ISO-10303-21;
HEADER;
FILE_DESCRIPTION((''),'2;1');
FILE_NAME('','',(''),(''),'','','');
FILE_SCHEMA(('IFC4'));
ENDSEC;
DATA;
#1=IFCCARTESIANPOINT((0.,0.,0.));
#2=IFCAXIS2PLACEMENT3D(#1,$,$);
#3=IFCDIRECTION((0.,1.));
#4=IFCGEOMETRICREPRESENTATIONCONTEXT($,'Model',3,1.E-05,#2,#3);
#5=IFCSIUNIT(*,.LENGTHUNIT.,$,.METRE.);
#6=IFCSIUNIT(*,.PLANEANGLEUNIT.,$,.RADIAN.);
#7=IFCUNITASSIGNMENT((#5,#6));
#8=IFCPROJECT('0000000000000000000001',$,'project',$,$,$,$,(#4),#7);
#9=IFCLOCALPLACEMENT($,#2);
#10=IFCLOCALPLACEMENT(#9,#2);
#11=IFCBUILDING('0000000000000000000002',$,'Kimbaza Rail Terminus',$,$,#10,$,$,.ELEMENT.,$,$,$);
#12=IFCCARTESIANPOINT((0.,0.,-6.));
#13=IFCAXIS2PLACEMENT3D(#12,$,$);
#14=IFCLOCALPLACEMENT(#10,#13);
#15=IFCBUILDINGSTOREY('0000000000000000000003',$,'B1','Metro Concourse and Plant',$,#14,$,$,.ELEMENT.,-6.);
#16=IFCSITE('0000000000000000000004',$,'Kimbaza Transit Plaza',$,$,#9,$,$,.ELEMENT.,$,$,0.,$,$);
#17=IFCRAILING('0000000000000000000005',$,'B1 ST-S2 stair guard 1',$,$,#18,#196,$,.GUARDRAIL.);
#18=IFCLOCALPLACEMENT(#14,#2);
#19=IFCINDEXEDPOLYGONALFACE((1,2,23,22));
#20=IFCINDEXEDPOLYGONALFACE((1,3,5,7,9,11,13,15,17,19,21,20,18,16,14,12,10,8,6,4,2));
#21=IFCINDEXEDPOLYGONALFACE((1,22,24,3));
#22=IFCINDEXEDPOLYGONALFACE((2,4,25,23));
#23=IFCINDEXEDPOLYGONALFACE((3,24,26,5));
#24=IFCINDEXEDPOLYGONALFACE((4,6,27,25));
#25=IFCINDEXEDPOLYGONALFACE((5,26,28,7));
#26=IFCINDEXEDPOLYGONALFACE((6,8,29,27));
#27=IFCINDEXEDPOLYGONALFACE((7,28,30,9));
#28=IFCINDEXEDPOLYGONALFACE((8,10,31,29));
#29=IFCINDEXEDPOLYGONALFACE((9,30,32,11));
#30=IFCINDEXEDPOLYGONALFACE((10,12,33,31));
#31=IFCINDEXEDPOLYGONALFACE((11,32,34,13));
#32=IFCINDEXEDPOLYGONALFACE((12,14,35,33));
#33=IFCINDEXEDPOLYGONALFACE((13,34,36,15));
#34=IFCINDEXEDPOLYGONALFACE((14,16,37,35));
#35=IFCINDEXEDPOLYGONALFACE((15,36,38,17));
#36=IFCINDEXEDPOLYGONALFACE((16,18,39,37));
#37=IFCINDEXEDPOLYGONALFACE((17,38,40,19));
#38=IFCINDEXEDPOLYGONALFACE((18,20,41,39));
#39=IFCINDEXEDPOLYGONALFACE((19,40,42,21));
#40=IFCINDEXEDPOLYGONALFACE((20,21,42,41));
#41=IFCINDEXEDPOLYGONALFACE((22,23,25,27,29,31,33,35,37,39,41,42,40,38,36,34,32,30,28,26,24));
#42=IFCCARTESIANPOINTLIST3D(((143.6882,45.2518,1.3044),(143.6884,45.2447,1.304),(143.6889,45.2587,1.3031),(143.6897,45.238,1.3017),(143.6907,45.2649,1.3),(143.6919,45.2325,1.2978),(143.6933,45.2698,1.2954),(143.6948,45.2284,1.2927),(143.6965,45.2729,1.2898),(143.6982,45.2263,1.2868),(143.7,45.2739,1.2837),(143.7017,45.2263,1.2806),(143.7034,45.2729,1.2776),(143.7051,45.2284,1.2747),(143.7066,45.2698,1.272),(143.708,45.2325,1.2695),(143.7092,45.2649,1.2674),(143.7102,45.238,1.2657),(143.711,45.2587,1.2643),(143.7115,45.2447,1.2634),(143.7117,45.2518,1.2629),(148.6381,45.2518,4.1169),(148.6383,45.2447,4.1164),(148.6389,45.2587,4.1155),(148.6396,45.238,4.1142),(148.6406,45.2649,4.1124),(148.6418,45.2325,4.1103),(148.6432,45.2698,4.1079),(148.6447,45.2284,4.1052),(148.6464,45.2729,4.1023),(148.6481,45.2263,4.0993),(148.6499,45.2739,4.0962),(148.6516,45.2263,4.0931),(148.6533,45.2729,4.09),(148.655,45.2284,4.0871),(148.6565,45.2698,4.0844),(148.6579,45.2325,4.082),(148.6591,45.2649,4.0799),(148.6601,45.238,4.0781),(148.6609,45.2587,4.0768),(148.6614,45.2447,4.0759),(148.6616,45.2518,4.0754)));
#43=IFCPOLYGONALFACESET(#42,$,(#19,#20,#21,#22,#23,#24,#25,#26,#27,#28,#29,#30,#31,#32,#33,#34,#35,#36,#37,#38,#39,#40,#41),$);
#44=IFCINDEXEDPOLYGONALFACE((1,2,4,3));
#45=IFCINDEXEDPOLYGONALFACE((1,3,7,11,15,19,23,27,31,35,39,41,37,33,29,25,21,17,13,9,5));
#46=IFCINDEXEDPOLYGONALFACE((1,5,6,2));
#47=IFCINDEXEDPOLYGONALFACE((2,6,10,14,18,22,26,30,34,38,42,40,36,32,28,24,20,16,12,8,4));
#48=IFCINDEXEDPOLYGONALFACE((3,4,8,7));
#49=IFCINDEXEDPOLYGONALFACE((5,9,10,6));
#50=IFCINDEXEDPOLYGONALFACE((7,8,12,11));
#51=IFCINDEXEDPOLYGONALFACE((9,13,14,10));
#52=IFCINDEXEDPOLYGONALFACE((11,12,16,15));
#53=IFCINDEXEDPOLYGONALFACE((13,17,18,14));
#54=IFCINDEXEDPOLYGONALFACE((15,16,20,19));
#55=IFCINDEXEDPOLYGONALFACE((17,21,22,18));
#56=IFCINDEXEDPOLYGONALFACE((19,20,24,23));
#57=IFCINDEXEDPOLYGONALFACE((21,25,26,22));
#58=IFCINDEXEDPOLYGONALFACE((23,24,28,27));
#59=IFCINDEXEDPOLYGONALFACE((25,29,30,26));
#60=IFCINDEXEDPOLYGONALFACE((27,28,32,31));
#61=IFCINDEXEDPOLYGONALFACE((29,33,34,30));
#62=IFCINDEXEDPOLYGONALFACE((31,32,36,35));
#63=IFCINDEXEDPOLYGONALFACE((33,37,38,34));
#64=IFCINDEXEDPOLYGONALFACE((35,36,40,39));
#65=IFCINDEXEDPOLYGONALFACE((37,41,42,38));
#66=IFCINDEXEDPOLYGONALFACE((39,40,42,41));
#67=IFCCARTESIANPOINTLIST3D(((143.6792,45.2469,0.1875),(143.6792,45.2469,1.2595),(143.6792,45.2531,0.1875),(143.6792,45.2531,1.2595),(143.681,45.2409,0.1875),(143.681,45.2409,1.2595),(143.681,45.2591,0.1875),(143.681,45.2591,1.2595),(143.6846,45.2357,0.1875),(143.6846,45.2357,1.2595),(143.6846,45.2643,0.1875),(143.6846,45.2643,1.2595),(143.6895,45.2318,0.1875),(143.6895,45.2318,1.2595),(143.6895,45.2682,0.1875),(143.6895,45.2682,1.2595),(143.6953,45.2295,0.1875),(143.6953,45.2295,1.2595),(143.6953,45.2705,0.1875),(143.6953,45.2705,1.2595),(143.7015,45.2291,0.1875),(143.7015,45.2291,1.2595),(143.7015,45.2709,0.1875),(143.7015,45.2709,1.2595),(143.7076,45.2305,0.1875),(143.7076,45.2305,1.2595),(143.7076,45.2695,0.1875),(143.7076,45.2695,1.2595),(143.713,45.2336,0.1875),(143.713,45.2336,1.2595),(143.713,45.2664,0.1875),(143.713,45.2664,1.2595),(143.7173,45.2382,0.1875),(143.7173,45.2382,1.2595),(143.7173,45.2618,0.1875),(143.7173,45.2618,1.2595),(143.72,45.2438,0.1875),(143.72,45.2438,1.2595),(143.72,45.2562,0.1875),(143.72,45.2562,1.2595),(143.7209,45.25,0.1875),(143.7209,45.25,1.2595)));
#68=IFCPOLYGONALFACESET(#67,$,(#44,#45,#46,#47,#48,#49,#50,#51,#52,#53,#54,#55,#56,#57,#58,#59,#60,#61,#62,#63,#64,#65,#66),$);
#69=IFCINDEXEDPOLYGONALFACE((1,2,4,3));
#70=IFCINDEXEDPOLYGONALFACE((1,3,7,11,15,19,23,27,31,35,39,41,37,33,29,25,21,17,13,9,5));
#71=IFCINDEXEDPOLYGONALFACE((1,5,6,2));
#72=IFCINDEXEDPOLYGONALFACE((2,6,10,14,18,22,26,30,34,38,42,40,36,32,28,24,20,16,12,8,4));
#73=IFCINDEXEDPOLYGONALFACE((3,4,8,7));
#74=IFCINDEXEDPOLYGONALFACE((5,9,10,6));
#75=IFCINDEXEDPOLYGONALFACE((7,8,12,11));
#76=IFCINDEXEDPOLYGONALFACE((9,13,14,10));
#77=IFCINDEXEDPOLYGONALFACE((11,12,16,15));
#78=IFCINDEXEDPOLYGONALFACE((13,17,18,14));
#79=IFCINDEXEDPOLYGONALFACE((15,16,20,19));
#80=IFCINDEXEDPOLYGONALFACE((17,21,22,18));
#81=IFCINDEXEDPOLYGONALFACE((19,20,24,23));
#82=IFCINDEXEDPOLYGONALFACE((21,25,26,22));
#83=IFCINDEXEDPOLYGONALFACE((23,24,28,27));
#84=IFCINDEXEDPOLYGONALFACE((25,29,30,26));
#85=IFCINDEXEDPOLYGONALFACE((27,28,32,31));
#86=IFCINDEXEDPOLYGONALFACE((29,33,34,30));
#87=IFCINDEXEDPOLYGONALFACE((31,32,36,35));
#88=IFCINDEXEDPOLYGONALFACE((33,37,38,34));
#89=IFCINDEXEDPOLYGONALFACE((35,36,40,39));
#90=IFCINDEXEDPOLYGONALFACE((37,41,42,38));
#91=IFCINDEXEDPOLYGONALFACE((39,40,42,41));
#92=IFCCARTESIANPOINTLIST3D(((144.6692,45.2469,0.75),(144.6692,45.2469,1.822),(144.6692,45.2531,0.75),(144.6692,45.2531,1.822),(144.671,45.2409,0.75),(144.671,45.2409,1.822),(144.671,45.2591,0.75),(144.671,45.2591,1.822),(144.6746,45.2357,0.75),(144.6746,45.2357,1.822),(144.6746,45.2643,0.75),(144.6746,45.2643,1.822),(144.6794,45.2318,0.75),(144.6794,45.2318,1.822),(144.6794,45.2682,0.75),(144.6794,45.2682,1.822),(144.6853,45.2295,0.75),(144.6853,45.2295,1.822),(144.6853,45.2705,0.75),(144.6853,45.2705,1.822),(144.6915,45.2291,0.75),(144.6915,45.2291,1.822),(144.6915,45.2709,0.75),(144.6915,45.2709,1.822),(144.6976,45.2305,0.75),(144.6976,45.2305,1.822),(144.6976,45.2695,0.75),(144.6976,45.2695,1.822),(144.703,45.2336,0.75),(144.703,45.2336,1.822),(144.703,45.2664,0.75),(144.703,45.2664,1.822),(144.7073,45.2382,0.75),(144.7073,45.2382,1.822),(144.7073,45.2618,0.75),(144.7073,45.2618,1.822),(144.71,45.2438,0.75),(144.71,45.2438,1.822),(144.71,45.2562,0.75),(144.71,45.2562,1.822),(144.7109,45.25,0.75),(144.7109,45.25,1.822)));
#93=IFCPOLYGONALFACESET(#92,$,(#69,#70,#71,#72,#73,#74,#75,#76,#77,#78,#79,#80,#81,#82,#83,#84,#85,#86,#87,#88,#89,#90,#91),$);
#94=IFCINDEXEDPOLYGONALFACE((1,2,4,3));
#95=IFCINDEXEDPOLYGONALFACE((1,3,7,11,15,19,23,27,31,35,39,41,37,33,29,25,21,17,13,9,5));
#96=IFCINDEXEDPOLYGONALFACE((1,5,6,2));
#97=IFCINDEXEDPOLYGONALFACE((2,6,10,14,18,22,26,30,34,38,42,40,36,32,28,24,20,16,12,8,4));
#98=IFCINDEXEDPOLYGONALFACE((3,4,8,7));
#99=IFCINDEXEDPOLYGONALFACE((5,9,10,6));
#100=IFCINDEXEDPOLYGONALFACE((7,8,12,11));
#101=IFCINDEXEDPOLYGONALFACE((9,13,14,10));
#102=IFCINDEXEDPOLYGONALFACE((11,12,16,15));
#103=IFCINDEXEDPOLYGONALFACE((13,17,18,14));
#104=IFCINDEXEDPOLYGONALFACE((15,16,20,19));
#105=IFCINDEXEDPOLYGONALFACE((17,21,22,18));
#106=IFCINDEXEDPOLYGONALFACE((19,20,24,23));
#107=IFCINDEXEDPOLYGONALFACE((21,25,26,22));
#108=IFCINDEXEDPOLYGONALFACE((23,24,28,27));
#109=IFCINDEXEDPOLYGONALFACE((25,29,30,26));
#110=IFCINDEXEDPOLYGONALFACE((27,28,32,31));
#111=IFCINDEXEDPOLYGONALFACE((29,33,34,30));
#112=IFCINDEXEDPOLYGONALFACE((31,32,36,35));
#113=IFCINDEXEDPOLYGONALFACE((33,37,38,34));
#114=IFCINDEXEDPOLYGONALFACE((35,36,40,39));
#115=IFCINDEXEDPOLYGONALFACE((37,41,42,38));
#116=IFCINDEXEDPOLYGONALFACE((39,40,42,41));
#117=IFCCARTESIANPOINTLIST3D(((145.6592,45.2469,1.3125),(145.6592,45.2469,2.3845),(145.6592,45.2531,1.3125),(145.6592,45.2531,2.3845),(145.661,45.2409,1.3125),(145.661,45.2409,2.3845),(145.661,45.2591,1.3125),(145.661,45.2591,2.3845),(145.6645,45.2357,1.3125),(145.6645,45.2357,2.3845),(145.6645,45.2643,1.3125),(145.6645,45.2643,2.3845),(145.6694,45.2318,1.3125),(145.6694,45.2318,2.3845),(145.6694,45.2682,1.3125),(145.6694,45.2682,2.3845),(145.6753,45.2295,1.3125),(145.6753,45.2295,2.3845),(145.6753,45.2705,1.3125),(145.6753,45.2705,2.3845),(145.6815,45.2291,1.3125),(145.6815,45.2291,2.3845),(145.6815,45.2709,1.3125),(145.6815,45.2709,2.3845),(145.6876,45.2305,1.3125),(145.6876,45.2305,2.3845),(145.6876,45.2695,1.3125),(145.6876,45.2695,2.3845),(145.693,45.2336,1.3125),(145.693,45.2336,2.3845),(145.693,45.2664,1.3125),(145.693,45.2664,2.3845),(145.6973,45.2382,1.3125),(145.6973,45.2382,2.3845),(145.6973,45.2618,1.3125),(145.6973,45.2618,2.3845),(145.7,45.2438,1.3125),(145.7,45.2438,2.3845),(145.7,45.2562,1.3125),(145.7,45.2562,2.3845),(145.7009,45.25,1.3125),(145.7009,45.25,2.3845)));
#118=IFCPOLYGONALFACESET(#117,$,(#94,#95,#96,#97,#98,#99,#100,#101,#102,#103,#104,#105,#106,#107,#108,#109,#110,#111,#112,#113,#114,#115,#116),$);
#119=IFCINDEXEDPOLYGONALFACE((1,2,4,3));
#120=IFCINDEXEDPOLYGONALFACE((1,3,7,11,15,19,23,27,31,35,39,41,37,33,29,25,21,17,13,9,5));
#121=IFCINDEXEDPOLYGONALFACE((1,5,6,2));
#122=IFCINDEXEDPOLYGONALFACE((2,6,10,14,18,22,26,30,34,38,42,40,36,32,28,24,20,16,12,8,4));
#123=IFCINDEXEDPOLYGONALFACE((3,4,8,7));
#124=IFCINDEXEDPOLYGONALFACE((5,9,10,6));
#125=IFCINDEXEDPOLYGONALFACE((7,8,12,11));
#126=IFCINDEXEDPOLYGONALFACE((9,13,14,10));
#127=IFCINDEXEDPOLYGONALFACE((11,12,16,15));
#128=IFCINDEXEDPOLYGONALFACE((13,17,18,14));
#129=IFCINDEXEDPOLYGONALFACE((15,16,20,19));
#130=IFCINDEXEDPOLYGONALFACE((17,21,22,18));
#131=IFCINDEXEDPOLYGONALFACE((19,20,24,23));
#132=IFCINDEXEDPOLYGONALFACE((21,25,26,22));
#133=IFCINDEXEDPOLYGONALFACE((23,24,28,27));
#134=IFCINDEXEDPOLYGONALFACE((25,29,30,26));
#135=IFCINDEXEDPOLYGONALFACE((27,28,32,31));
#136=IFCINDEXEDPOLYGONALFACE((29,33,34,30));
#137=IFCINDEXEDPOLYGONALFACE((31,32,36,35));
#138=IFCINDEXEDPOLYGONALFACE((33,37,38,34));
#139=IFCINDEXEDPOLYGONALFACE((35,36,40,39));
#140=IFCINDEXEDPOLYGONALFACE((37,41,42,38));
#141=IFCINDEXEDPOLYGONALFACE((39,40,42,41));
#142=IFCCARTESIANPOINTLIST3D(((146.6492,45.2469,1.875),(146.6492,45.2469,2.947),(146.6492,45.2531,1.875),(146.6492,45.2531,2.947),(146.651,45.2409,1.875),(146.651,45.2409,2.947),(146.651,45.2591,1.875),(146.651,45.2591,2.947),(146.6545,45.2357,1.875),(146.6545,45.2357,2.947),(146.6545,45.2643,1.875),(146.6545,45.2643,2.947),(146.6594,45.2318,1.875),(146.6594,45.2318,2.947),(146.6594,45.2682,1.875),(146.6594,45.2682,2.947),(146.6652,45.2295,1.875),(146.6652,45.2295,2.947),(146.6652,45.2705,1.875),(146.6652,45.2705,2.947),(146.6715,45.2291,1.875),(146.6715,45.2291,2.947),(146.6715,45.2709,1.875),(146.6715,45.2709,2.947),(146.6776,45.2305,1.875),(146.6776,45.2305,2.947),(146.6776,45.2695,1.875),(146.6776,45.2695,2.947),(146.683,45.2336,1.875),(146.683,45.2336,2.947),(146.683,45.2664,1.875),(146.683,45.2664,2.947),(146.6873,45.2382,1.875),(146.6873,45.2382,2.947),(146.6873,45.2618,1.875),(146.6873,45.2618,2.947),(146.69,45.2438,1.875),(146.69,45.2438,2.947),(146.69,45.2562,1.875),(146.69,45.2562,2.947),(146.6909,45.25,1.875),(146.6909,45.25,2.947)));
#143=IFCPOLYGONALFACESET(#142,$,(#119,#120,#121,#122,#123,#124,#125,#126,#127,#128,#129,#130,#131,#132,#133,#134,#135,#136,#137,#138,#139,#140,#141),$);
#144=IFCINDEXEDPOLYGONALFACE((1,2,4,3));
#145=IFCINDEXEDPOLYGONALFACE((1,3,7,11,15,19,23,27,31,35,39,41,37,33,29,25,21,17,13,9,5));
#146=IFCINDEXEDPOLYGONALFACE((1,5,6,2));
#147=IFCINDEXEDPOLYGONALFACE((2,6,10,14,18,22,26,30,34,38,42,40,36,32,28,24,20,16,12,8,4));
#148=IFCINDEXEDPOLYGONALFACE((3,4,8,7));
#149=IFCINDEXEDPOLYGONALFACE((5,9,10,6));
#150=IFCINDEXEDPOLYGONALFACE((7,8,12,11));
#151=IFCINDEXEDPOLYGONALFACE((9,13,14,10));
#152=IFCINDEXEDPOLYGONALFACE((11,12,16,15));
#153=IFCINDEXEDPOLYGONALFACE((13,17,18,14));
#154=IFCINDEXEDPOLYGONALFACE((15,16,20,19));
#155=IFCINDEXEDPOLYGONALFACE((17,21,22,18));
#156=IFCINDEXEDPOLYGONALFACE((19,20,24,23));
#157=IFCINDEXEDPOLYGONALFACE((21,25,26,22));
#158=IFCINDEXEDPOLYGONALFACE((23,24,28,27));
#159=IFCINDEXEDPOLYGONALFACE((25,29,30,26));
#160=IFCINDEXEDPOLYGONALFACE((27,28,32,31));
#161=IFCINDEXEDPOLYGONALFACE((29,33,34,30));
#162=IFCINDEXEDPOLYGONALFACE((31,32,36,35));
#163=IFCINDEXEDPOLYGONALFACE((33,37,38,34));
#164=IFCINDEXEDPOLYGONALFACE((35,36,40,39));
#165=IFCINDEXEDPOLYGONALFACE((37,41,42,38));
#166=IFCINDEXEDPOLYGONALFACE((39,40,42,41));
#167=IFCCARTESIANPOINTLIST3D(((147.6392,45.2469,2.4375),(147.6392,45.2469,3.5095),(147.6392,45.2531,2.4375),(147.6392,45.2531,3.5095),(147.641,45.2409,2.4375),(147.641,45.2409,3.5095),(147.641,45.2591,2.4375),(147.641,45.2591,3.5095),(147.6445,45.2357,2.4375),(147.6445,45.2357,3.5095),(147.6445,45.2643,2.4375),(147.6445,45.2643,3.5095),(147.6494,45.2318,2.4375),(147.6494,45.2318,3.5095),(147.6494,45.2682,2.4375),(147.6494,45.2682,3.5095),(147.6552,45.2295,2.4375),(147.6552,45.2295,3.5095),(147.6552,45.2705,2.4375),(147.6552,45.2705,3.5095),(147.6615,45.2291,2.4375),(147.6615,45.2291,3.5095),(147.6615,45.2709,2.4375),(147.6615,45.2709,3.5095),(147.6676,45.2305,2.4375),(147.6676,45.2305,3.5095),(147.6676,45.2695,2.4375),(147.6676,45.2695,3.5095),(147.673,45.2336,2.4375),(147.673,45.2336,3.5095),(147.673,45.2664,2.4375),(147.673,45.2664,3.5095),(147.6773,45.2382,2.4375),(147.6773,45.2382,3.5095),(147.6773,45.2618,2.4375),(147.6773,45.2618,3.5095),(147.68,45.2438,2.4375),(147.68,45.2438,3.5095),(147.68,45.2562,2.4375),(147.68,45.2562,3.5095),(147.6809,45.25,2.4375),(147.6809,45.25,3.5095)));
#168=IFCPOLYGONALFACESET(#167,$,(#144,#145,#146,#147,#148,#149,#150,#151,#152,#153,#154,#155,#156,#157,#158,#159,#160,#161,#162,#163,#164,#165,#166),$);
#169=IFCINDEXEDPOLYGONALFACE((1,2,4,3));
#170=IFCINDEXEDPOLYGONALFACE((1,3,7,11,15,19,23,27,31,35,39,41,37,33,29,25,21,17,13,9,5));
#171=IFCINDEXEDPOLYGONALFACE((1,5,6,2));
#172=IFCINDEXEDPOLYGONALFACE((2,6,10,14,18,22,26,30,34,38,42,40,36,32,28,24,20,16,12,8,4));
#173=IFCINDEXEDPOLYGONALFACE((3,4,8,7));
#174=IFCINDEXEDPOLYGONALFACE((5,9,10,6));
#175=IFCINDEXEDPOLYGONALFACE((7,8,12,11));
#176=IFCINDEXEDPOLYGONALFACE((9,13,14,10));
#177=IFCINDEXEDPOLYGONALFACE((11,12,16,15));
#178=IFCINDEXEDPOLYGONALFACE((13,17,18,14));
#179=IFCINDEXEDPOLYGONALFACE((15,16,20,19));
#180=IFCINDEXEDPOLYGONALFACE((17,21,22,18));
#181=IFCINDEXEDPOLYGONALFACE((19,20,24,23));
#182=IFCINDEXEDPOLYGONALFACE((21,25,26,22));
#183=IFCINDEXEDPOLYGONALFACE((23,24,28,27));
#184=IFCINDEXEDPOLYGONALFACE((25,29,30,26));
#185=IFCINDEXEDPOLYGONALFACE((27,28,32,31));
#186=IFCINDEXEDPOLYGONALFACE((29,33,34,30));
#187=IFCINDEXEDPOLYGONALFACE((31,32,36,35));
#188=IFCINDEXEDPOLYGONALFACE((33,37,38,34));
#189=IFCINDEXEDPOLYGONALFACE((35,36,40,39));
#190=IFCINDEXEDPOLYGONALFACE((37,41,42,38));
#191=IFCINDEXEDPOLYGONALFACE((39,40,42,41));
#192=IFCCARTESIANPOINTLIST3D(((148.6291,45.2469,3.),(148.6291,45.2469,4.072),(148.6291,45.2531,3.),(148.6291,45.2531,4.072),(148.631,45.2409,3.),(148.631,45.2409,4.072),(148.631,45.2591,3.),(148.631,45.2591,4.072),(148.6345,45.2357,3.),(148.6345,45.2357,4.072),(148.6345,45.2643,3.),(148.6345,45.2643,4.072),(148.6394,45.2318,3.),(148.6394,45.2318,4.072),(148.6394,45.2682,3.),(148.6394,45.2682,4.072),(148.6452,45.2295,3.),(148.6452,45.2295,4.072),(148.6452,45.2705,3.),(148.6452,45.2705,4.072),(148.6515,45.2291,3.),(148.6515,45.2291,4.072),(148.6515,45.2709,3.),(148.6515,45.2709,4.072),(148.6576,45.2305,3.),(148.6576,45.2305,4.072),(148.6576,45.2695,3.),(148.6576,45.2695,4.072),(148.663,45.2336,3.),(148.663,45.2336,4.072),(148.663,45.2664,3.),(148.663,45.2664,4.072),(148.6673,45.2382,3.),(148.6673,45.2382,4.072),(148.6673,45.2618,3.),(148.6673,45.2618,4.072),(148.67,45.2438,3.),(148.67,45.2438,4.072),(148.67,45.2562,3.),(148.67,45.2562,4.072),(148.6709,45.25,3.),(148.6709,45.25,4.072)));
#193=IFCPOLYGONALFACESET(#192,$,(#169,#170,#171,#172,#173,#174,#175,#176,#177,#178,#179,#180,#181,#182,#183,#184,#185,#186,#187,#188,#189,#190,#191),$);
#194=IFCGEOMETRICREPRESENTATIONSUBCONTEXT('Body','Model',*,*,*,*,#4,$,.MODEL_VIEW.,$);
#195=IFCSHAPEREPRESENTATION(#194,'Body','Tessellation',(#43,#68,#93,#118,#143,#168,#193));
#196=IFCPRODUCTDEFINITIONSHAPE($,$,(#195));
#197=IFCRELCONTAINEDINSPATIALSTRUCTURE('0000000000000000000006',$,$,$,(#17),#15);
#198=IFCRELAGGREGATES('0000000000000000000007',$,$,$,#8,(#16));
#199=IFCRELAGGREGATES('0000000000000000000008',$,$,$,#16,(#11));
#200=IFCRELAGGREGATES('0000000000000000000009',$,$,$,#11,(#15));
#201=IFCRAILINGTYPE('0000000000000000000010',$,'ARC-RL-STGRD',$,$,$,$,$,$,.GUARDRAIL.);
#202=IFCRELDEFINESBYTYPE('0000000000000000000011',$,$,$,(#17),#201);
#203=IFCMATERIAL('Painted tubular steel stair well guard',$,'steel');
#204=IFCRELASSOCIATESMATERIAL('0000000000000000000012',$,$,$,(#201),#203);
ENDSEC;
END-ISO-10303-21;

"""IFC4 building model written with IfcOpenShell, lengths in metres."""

from ifc_helpers import new_model, si_unit, direction, frame, origin, origin_2d, place, context, subcontext, project, spatial, circle, extrude, material, type_object, element, save


model = new_model("IFC4")

# Units and contexts
model_context = context("Model", 3, precision=1e-05, world=origin(), true_north=direction((0.0, 1.0)))
body_context = subcontext(model_context, "Body", "Model", "MODEL_VIEW")
ifc_project = project(units=[si_unit("LENGTHUNIT", "METRE"), si_unit("PLANEANGLEUNIT", "RADIAN")], contexts=[model_context])

# Site, building, storey
site_placement = place(None, origin())
site = spatial("IfcSite", under=ifc_project, at=site_placement, Name="Kimbaza Transit Plaza", CompositionType="ELEMENT", RefElevation=0.0)
building_placement = place(site_placement, origin())
building = spatial("IfcBuilding", under=site, at=building_placement, Name="Kimbaza Rail Terminus", CompositionType="ELEMENT")
storey_placement = place(building_placement, frame((0.0, 0.0, -6.0)))
storey = spatial("IfcBuildingStorey", under=building, at=storey_placement, Name="B1", Description="Metro Concourse and Plant", CompositionType="ELEMENT", Elevation=-6.0)

# Railing
ifc_material_1 = material(Name="Painted tubular steel stair well guard", Category="steel")
railing_type_1 = type_object("IfcRailingType", Name="ARC-RL-STGRD", PredefinedType="GUARDRAIL", material=ifc_material_1)
railing_1_placement = place(storey_placement, frame((143.7, 45.25, 0.1875)))
element("IfcRailing", 1, at=railing_1_placement, inside=storey, type_object=railing_type_1, Name="B1 ST-S2 stair guard 1", PredefinedType="GUARDRAIL", context=body_context, shape_type="SweptSolid", body=[
    extrude(circle(Radius=0.0239, at=origin_2d()), frame((0.0, 0.0, 1.0962), z_axis=(0.869454, 0.0, 0.494013), x_axis=(0.0, 1.0, 0.0)), (0.0, 0.0, 1.0), 5.6931),
    extrude(circle(Radius=0.021, at=origin_2d()), origin(), (0.0, 0.0, 1.0), 1.072),
    extrude(circle(Radius=0.021, at=origin_2d()), frame((0.99, 0.0, 0.5625)), (0.0, 0.0, 1.0), 1.072),
    extrude(circle(Radius=0.021, at=origin_2d()), frame((1.98, 0.0, 1.125)), (0.0, 0.0, 1.0), 1.072),
    extrude(circle(Radius=0.021, at=origin_2d()), frame((2.97, 0.0, 1.6875)), (0.0, 0.0, 1.0), 1.072),
    extrude(circle(Radius=0.021, at=origin_2d()), frame((3.96, 0.0, 2.25)), (0.0, 0.0, 1.0), 1.072),
    extrude(circle(Radius=0.021, at=origin_2d()), frame((4.95, 0.0, 2.8125)), (0.0, 0.0, 1.0), 1.072),
])

save(model, "model.ifc")
